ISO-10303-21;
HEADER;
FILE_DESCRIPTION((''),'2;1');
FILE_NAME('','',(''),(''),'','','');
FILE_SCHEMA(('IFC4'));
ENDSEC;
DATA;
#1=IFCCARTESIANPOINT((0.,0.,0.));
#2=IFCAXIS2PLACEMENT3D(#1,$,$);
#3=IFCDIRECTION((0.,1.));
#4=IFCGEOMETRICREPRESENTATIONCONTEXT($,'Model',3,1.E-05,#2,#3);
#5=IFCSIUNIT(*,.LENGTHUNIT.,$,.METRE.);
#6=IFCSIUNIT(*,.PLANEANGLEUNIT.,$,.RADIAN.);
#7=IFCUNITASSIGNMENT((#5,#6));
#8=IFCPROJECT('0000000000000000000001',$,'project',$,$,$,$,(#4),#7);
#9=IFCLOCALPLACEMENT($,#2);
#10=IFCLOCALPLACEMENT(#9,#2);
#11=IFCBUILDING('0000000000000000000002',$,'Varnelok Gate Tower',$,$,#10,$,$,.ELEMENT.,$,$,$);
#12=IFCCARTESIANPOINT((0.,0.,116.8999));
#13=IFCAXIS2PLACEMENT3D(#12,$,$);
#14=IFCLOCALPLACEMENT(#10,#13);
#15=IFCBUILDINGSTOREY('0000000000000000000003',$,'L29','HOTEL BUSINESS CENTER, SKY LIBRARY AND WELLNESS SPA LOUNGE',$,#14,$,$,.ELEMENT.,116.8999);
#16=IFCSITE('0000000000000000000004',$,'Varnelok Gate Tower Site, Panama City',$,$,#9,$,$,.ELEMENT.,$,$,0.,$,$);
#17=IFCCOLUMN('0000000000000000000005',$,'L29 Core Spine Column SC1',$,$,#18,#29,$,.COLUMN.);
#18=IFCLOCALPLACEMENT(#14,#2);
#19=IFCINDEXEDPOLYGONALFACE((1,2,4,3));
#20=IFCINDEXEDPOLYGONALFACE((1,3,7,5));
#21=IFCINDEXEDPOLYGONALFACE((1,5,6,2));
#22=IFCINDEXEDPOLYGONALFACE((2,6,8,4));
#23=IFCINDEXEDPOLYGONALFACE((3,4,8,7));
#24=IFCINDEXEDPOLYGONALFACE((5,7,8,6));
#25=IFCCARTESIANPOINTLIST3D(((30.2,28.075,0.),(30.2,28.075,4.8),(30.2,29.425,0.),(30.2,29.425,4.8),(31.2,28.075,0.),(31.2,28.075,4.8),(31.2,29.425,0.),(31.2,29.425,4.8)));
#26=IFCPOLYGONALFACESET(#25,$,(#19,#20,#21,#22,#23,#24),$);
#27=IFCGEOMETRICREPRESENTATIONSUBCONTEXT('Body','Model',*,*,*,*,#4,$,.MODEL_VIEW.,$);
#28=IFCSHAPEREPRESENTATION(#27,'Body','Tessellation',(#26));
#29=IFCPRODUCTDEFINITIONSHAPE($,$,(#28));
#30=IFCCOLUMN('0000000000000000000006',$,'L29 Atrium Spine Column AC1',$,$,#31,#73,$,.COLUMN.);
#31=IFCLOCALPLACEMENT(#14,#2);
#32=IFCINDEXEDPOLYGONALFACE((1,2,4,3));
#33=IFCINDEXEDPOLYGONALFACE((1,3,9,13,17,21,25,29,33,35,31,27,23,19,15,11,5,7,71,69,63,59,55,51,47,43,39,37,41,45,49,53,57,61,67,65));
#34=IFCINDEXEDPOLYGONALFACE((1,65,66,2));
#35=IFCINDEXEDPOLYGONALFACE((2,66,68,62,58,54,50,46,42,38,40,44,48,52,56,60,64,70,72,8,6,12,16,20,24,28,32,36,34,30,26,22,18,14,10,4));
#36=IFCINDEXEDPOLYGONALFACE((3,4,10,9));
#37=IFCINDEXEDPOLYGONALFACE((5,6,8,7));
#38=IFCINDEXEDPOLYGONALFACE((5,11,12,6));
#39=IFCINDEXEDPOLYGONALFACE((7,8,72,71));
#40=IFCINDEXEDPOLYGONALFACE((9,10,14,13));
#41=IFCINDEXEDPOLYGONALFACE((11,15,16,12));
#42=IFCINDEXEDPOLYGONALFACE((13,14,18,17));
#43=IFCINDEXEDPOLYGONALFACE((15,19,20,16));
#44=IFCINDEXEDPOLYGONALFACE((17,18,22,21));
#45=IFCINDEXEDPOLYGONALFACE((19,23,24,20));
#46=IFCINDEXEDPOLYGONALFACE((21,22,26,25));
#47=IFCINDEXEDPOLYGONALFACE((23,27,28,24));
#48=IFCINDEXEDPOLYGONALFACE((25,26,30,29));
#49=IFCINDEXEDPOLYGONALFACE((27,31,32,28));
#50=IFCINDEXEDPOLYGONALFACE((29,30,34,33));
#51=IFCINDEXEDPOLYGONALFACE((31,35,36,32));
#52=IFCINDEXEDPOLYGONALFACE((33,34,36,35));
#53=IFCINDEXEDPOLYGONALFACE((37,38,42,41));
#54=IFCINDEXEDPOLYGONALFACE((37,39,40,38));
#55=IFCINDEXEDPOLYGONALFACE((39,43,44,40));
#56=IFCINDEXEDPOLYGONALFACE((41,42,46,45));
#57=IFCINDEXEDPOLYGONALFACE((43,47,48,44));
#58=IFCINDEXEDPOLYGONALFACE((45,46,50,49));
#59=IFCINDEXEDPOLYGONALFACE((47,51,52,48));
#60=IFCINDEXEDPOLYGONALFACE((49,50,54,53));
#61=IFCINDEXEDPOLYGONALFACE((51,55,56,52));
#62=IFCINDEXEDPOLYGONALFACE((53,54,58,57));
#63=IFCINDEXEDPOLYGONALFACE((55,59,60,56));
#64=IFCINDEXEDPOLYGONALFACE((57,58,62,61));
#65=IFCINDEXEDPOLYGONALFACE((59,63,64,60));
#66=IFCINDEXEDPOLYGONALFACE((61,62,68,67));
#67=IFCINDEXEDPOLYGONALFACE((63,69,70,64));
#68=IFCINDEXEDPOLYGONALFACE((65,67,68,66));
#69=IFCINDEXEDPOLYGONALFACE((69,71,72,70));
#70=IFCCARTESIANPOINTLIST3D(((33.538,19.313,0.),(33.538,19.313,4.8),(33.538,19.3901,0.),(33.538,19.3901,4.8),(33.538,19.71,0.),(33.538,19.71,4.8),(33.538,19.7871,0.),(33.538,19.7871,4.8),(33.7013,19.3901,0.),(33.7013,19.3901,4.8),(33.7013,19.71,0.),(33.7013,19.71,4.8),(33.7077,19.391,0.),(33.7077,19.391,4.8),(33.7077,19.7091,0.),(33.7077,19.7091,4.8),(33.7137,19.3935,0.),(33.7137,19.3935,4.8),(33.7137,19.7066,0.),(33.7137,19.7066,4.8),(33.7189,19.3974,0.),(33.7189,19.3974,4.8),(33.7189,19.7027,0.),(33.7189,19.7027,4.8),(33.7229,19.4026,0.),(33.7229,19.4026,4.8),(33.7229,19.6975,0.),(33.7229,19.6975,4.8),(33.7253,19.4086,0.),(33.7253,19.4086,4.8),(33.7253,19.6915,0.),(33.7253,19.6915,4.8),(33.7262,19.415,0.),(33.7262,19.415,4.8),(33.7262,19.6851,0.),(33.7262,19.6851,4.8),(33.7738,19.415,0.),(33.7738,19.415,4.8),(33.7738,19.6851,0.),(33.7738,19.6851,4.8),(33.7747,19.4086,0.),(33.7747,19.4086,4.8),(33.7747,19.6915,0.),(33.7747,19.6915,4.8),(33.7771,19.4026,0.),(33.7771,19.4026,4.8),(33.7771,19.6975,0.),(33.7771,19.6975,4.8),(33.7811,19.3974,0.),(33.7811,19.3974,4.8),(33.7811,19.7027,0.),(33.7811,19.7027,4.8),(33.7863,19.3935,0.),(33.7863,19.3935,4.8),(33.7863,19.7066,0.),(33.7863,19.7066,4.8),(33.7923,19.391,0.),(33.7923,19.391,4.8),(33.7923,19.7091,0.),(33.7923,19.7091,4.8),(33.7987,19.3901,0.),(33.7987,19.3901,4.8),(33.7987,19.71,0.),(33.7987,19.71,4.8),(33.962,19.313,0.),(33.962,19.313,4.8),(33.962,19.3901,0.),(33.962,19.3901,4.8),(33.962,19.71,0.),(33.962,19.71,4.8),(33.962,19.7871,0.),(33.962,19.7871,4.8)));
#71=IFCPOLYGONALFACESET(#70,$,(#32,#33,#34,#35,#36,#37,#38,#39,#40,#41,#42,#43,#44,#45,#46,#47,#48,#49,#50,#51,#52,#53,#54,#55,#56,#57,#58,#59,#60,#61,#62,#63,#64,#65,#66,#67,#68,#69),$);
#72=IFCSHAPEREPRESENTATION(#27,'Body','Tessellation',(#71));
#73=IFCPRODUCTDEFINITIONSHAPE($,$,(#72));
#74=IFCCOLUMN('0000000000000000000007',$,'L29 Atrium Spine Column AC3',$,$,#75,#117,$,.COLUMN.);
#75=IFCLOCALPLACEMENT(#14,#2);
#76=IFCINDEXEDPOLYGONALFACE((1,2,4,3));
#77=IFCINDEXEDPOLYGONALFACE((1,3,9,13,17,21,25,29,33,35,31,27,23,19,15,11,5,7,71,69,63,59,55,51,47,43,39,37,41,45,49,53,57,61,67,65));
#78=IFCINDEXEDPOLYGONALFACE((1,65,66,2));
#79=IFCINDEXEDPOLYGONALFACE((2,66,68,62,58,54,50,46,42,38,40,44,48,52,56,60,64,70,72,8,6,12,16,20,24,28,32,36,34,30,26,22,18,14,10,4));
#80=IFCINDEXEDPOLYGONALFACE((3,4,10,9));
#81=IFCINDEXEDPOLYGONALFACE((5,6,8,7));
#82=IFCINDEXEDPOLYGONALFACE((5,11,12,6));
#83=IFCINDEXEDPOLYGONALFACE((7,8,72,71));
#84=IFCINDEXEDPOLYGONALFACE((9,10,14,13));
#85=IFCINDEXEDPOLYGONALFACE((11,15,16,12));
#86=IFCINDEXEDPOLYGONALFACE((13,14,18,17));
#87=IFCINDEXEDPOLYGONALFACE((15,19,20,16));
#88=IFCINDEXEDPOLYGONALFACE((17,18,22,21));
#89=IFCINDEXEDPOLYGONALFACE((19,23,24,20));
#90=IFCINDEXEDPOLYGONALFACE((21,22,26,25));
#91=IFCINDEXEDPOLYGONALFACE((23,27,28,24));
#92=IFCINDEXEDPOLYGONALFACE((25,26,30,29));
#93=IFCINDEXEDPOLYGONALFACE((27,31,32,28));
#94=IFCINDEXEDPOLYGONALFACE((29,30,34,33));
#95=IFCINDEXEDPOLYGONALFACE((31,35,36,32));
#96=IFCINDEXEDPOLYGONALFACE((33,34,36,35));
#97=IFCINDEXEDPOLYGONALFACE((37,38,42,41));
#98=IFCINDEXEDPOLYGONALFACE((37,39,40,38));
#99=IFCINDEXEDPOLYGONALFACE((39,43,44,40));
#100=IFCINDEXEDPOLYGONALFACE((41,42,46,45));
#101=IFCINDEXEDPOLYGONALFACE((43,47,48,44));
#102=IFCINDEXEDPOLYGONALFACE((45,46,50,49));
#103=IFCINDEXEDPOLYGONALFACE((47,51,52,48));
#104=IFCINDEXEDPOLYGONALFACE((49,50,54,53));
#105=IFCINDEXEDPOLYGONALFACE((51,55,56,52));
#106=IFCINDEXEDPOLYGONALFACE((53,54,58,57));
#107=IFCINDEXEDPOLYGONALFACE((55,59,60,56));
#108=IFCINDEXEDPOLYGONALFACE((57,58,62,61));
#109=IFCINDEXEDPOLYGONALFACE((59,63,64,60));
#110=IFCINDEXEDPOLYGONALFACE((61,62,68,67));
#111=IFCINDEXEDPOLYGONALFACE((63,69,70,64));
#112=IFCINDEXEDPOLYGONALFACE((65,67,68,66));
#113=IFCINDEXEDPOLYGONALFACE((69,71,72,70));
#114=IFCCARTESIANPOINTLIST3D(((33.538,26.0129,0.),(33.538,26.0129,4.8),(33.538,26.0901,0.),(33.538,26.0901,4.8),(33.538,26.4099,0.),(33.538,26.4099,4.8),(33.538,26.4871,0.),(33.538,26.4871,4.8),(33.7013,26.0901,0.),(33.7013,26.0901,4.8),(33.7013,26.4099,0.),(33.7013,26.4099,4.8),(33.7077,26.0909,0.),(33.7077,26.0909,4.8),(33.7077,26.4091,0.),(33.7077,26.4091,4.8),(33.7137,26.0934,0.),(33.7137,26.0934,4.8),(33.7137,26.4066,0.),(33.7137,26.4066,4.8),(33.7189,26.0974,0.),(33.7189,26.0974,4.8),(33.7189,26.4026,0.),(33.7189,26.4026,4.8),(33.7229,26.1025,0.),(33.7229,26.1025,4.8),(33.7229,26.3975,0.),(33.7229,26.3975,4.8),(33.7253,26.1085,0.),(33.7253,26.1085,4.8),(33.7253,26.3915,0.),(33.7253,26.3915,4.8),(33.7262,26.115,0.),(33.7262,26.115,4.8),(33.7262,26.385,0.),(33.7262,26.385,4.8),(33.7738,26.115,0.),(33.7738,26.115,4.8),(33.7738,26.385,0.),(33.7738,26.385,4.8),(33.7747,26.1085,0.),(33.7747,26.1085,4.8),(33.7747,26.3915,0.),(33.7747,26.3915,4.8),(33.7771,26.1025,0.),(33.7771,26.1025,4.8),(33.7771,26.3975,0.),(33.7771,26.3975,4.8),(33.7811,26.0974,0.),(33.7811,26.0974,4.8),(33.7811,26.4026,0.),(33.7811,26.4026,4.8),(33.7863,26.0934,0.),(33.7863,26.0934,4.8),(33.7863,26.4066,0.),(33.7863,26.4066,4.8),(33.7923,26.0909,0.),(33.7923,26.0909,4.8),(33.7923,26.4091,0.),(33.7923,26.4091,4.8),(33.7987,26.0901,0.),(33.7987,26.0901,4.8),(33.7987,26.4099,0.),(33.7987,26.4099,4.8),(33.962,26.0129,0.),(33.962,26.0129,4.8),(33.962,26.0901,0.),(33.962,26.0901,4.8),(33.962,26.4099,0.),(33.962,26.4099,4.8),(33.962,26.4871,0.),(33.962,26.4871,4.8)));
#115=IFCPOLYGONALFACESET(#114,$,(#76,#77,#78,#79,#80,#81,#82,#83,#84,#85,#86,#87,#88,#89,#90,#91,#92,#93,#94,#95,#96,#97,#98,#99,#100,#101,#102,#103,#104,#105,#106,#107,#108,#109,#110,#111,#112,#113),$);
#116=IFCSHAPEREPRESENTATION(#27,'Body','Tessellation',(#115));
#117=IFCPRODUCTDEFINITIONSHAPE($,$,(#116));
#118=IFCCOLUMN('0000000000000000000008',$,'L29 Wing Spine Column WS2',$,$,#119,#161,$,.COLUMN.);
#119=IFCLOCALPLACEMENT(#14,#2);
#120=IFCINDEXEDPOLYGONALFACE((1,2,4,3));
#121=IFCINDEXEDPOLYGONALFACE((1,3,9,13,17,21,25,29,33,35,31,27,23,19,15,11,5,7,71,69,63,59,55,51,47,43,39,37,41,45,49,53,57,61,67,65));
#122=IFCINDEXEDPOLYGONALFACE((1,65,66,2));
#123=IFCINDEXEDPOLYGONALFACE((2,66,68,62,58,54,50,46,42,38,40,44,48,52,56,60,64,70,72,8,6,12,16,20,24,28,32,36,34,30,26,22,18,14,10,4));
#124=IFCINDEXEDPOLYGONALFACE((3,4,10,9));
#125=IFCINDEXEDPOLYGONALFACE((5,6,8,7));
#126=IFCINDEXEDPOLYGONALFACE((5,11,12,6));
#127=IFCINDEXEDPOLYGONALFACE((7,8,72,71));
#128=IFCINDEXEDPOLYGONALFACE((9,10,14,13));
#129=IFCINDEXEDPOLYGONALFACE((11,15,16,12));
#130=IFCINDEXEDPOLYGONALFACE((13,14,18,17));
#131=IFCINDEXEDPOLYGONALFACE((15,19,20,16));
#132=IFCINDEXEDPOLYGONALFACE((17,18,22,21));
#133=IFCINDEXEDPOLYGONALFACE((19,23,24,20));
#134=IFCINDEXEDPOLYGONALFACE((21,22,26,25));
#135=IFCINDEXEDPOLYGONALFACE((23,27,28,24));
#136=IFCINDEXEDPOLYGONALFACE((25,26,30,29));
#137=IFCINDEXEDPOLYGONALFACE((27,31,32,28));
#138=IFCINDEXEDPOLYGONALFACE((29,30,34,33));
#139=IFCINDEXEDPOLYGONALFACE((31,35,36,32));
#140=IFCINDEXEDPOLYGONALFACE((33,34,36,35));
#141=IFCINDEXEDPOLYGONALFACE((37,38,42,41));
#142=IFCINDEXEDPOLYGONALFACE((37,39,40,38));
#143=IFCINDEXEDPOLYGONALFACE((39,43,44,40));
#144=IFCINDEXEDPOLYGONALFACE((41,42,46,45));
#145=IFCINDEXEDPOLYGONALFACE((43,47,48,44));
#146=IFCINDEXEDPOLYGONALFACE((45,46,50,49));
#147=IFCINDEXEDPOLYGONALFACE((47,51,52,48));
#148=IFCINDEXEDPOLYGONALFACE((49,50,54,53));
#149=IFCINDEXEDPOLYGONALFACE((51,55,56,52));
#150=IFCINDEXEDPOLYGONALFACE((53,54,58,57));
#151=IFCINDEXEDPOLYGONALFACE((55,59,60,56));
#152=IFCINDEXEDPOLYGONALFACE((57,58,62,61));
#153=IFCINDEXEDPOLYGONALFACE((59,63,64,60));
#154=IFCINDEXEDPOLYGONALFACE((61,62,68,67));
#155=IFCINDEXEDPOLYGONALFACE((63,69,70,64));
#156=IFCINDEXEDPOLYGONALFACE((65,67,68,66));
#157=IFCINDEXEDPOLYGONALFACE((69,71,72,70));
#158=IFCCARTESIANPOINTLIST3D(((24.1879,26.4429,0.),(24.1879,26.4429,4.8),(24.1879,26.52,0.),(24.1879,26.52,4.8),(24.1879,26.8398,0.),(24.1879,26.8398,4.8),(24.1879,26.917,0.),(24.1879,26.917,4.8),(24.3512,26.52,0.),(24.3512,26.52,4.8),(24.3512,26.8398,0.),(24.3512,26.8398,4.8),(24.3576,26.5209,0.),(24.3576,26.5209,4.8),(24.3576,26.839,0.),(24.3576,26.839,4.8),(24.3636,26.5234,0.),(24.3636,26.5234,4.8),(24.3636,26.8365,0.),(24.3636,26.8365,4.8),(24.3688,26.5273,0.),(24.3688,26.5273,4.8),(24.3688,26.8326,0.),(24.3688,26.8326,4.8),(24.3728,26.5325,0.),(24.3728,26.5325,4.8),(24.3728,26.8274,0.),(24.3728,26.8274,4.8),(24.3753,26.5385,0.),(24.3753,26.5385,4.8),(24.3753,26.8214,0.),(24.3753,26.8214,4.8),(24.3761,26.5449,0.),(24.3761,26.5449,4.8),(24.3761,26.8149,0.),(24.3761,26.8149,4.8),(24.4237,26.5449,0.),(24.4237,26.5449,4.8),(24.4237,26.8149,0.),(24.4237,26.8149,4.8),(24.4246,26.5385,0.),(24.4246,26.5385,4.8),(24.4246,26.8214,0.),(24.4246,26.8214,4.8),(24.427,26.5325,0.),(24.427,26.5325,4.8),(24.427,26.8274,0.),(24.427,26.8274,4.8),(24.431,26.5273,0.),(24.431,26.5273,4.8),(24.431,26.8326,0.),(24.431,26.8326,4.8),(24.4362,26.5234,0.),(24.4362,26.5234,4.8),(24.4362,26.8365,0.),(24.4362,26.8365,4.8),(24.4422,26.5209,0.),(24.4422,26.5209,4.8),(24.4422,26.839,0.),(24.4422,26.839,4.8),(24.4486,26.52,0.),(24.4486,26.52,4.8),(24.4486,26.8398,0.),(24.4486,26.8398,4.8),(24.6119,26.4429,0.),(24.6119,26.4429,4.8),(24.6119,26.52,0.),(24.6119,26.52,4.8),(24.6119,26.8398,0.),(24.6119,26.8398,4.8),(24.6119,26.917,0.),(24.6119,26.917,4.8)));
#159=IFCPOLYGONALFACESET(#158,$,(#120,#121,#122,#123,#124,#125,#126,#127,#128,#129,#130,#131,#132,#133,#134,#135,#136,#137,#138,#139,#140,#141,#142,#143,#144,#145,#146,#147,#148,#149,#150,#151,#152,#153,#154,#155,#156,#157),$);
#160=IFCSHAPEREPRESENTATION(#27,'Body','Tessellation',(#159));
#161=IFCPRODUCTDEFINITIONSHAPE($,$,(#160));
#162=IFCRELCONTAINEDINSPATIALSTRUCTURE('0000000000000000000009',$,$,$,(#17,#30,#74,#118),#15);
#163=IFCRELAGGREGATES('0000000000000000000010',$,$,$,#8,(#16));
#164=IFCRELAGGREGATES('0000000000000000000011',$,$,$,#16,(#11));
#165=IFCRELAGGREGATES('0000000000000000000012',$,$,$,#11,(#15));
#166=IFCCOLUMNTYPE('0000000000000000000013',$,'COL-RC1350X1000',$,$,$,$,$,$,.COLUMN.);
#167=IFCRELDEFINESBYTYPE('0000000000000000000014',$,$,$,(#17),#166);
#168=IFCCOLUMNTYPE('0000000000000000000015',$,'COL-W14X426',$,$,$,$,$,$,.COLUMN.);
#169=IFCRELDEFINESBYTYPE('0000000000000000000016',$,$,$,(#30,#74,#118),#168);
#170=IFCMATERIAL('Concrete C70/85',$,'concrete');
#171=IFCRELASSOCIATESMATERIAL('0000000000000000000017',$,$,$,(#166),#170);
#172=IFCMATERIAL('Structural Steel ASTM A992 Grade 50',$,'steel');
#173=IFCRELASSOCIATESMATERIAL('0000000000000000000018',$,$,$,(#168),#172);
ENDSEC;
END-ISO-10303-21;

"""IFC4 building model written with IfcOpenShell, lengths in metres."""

from ifc_helpers import new_model, si_unit, direction, frame, origin, origin_2d, place, context, subcontext, project, spatial, rectangle, i_section, extrude, material, material_profile, profile_set, type_object, element, save


model = new_model("IFC4")

# Units and contexts
model_context = context("Model", 3, precision=1e-05, world=origin(), true_north=direction((0.0, 1.0)))
body_context = subcontext(model_context, "Body", "Model", "MODEL_VIEW")
ifc_project = project(units=[si_unit("LENGTHUNIT", "METRE"), si_unit("PLANEANGLEUNIT", "RADIAN")], contexts=[model_context])

# Site, building, storey
site_placement = place(None, origin())
site = spatial("IfcSite", under=ifc_project, at=site_placement, Name="Varnelok Gate Tower Site, Panama City", CompositionType="ELEMENT", RefElevation=0.0)
building_placement = place(site_placement, origin())
building = spatial("IfcBuilding", under=site, at=building_placement, Name="Varnelok Gate Tower", CompositionType="ELEMENT")
storey_placement = place(building_placement, frame((0.0, 0.0, 116.8999)))
storey = spatial("IfcBuildingStorey", under=building, at=storey_placement, Name="L29", Description="HOTEL BUSINESS CENTER, SKY LIBRARY AND WELLNESS SPA LOUNGE", CompositionType="ELEMENT", Elevation=116.8999)

# Columns
ifc_material_1 = material(Name="Concrete C70/85", Category="concrete")
ifc_material_profile_1 = material_profile(ifc_material_1, rectangle(XDim=1.0, YDim=1.3501, at=origin_2d()), Name="RC1350X1000")
ifc_profile_set_1 = profile_set([ifc_material_profile_1], Name="Concrete C70/85")
column_type_1 = type_object("IfcColumnType", Name="COL-RC1350X1000", PredefinedType="COLUMN", material=ifc_profile_set_1)
column_placement = place(storey_placement, frame((30.7, 28.75, 0.0), z_axis=(0.0, 0.0, 1.0), x_axis=(1.0, 0.0, 0.0)))
element("IfcColumn", 1, at=column_placement, inside=storey, type_object=column_type_1, Name="L29 Core Spine Column SC1", PredefinedType="COLUMN", context=body_context, shape_type="SweptSolid", body=[
    extrude(rectangle(XDim=1.0, YDim=1.3501, at=origin_2d()), origin(), (0.0, 0.0, 1.0), 4.8),
])
ifc_material_2 = material(Name="Structural Steel ASTM A992 Grade 50", Category="steel")
ifc_material_profile_2 = material_profile(ifc_material_2, i_section(OverallWidth=0.4241, OverallDepth=0.4741, WebThickness=0.0476, FlangeThickness=0.0771, FilletRadius=0.0249, at=origin_2d()), Name="W14X426")
ifc_profile_set_2 = profile_set([ifc_material_profile_2], Name="Structural Steel ASTM A992 Grade 50")
column_type_2 = type_object("IfcColumnType", Name="COL-W14X426", PredefinedType="COLUMN", material=ifc_profile_set_2)
for number, where, z_axis, x_axis, name in (
    (2, (33.75, 19.55, 0.0), (0.0, 0.0, 1.0), (1.0, 0.0, 0.0), "L29 Atrium Spine Column AC1"),
    (3, (33.75, 26.25, 0.0), (0.0, 0.0, 1.0), (1.0, 0.0, 0.0), "L29 Atrium Spine Column AC3"),
    (4, (24.3999, 26.6799, 0.0), (0.0, 0.0, 1.0), (1.0, 0.0, 0.0), "L29 Wing Spine Column WS2"),
):
    element("IfcColumn", number, at=place(storey_placement, frame(where, z_axis=z_axis, x_axis=x_axis)), inside=storey, type_object=column_type_2, Name=name, PredefinedType="COLUMN", context=body_context, shape_type="SweptSolid", body=[
        extrude(i_section(OverallWidth=0.4241, OverallDepth=0.4741, WebThickness=0.0476, FlangeThickness=0.0771, FilletRadius=0.0249, at=origin_2d()), origin(), (0.0, 0.0, 1.0), 4.8),
    ])

save(model, "model.ifc")
